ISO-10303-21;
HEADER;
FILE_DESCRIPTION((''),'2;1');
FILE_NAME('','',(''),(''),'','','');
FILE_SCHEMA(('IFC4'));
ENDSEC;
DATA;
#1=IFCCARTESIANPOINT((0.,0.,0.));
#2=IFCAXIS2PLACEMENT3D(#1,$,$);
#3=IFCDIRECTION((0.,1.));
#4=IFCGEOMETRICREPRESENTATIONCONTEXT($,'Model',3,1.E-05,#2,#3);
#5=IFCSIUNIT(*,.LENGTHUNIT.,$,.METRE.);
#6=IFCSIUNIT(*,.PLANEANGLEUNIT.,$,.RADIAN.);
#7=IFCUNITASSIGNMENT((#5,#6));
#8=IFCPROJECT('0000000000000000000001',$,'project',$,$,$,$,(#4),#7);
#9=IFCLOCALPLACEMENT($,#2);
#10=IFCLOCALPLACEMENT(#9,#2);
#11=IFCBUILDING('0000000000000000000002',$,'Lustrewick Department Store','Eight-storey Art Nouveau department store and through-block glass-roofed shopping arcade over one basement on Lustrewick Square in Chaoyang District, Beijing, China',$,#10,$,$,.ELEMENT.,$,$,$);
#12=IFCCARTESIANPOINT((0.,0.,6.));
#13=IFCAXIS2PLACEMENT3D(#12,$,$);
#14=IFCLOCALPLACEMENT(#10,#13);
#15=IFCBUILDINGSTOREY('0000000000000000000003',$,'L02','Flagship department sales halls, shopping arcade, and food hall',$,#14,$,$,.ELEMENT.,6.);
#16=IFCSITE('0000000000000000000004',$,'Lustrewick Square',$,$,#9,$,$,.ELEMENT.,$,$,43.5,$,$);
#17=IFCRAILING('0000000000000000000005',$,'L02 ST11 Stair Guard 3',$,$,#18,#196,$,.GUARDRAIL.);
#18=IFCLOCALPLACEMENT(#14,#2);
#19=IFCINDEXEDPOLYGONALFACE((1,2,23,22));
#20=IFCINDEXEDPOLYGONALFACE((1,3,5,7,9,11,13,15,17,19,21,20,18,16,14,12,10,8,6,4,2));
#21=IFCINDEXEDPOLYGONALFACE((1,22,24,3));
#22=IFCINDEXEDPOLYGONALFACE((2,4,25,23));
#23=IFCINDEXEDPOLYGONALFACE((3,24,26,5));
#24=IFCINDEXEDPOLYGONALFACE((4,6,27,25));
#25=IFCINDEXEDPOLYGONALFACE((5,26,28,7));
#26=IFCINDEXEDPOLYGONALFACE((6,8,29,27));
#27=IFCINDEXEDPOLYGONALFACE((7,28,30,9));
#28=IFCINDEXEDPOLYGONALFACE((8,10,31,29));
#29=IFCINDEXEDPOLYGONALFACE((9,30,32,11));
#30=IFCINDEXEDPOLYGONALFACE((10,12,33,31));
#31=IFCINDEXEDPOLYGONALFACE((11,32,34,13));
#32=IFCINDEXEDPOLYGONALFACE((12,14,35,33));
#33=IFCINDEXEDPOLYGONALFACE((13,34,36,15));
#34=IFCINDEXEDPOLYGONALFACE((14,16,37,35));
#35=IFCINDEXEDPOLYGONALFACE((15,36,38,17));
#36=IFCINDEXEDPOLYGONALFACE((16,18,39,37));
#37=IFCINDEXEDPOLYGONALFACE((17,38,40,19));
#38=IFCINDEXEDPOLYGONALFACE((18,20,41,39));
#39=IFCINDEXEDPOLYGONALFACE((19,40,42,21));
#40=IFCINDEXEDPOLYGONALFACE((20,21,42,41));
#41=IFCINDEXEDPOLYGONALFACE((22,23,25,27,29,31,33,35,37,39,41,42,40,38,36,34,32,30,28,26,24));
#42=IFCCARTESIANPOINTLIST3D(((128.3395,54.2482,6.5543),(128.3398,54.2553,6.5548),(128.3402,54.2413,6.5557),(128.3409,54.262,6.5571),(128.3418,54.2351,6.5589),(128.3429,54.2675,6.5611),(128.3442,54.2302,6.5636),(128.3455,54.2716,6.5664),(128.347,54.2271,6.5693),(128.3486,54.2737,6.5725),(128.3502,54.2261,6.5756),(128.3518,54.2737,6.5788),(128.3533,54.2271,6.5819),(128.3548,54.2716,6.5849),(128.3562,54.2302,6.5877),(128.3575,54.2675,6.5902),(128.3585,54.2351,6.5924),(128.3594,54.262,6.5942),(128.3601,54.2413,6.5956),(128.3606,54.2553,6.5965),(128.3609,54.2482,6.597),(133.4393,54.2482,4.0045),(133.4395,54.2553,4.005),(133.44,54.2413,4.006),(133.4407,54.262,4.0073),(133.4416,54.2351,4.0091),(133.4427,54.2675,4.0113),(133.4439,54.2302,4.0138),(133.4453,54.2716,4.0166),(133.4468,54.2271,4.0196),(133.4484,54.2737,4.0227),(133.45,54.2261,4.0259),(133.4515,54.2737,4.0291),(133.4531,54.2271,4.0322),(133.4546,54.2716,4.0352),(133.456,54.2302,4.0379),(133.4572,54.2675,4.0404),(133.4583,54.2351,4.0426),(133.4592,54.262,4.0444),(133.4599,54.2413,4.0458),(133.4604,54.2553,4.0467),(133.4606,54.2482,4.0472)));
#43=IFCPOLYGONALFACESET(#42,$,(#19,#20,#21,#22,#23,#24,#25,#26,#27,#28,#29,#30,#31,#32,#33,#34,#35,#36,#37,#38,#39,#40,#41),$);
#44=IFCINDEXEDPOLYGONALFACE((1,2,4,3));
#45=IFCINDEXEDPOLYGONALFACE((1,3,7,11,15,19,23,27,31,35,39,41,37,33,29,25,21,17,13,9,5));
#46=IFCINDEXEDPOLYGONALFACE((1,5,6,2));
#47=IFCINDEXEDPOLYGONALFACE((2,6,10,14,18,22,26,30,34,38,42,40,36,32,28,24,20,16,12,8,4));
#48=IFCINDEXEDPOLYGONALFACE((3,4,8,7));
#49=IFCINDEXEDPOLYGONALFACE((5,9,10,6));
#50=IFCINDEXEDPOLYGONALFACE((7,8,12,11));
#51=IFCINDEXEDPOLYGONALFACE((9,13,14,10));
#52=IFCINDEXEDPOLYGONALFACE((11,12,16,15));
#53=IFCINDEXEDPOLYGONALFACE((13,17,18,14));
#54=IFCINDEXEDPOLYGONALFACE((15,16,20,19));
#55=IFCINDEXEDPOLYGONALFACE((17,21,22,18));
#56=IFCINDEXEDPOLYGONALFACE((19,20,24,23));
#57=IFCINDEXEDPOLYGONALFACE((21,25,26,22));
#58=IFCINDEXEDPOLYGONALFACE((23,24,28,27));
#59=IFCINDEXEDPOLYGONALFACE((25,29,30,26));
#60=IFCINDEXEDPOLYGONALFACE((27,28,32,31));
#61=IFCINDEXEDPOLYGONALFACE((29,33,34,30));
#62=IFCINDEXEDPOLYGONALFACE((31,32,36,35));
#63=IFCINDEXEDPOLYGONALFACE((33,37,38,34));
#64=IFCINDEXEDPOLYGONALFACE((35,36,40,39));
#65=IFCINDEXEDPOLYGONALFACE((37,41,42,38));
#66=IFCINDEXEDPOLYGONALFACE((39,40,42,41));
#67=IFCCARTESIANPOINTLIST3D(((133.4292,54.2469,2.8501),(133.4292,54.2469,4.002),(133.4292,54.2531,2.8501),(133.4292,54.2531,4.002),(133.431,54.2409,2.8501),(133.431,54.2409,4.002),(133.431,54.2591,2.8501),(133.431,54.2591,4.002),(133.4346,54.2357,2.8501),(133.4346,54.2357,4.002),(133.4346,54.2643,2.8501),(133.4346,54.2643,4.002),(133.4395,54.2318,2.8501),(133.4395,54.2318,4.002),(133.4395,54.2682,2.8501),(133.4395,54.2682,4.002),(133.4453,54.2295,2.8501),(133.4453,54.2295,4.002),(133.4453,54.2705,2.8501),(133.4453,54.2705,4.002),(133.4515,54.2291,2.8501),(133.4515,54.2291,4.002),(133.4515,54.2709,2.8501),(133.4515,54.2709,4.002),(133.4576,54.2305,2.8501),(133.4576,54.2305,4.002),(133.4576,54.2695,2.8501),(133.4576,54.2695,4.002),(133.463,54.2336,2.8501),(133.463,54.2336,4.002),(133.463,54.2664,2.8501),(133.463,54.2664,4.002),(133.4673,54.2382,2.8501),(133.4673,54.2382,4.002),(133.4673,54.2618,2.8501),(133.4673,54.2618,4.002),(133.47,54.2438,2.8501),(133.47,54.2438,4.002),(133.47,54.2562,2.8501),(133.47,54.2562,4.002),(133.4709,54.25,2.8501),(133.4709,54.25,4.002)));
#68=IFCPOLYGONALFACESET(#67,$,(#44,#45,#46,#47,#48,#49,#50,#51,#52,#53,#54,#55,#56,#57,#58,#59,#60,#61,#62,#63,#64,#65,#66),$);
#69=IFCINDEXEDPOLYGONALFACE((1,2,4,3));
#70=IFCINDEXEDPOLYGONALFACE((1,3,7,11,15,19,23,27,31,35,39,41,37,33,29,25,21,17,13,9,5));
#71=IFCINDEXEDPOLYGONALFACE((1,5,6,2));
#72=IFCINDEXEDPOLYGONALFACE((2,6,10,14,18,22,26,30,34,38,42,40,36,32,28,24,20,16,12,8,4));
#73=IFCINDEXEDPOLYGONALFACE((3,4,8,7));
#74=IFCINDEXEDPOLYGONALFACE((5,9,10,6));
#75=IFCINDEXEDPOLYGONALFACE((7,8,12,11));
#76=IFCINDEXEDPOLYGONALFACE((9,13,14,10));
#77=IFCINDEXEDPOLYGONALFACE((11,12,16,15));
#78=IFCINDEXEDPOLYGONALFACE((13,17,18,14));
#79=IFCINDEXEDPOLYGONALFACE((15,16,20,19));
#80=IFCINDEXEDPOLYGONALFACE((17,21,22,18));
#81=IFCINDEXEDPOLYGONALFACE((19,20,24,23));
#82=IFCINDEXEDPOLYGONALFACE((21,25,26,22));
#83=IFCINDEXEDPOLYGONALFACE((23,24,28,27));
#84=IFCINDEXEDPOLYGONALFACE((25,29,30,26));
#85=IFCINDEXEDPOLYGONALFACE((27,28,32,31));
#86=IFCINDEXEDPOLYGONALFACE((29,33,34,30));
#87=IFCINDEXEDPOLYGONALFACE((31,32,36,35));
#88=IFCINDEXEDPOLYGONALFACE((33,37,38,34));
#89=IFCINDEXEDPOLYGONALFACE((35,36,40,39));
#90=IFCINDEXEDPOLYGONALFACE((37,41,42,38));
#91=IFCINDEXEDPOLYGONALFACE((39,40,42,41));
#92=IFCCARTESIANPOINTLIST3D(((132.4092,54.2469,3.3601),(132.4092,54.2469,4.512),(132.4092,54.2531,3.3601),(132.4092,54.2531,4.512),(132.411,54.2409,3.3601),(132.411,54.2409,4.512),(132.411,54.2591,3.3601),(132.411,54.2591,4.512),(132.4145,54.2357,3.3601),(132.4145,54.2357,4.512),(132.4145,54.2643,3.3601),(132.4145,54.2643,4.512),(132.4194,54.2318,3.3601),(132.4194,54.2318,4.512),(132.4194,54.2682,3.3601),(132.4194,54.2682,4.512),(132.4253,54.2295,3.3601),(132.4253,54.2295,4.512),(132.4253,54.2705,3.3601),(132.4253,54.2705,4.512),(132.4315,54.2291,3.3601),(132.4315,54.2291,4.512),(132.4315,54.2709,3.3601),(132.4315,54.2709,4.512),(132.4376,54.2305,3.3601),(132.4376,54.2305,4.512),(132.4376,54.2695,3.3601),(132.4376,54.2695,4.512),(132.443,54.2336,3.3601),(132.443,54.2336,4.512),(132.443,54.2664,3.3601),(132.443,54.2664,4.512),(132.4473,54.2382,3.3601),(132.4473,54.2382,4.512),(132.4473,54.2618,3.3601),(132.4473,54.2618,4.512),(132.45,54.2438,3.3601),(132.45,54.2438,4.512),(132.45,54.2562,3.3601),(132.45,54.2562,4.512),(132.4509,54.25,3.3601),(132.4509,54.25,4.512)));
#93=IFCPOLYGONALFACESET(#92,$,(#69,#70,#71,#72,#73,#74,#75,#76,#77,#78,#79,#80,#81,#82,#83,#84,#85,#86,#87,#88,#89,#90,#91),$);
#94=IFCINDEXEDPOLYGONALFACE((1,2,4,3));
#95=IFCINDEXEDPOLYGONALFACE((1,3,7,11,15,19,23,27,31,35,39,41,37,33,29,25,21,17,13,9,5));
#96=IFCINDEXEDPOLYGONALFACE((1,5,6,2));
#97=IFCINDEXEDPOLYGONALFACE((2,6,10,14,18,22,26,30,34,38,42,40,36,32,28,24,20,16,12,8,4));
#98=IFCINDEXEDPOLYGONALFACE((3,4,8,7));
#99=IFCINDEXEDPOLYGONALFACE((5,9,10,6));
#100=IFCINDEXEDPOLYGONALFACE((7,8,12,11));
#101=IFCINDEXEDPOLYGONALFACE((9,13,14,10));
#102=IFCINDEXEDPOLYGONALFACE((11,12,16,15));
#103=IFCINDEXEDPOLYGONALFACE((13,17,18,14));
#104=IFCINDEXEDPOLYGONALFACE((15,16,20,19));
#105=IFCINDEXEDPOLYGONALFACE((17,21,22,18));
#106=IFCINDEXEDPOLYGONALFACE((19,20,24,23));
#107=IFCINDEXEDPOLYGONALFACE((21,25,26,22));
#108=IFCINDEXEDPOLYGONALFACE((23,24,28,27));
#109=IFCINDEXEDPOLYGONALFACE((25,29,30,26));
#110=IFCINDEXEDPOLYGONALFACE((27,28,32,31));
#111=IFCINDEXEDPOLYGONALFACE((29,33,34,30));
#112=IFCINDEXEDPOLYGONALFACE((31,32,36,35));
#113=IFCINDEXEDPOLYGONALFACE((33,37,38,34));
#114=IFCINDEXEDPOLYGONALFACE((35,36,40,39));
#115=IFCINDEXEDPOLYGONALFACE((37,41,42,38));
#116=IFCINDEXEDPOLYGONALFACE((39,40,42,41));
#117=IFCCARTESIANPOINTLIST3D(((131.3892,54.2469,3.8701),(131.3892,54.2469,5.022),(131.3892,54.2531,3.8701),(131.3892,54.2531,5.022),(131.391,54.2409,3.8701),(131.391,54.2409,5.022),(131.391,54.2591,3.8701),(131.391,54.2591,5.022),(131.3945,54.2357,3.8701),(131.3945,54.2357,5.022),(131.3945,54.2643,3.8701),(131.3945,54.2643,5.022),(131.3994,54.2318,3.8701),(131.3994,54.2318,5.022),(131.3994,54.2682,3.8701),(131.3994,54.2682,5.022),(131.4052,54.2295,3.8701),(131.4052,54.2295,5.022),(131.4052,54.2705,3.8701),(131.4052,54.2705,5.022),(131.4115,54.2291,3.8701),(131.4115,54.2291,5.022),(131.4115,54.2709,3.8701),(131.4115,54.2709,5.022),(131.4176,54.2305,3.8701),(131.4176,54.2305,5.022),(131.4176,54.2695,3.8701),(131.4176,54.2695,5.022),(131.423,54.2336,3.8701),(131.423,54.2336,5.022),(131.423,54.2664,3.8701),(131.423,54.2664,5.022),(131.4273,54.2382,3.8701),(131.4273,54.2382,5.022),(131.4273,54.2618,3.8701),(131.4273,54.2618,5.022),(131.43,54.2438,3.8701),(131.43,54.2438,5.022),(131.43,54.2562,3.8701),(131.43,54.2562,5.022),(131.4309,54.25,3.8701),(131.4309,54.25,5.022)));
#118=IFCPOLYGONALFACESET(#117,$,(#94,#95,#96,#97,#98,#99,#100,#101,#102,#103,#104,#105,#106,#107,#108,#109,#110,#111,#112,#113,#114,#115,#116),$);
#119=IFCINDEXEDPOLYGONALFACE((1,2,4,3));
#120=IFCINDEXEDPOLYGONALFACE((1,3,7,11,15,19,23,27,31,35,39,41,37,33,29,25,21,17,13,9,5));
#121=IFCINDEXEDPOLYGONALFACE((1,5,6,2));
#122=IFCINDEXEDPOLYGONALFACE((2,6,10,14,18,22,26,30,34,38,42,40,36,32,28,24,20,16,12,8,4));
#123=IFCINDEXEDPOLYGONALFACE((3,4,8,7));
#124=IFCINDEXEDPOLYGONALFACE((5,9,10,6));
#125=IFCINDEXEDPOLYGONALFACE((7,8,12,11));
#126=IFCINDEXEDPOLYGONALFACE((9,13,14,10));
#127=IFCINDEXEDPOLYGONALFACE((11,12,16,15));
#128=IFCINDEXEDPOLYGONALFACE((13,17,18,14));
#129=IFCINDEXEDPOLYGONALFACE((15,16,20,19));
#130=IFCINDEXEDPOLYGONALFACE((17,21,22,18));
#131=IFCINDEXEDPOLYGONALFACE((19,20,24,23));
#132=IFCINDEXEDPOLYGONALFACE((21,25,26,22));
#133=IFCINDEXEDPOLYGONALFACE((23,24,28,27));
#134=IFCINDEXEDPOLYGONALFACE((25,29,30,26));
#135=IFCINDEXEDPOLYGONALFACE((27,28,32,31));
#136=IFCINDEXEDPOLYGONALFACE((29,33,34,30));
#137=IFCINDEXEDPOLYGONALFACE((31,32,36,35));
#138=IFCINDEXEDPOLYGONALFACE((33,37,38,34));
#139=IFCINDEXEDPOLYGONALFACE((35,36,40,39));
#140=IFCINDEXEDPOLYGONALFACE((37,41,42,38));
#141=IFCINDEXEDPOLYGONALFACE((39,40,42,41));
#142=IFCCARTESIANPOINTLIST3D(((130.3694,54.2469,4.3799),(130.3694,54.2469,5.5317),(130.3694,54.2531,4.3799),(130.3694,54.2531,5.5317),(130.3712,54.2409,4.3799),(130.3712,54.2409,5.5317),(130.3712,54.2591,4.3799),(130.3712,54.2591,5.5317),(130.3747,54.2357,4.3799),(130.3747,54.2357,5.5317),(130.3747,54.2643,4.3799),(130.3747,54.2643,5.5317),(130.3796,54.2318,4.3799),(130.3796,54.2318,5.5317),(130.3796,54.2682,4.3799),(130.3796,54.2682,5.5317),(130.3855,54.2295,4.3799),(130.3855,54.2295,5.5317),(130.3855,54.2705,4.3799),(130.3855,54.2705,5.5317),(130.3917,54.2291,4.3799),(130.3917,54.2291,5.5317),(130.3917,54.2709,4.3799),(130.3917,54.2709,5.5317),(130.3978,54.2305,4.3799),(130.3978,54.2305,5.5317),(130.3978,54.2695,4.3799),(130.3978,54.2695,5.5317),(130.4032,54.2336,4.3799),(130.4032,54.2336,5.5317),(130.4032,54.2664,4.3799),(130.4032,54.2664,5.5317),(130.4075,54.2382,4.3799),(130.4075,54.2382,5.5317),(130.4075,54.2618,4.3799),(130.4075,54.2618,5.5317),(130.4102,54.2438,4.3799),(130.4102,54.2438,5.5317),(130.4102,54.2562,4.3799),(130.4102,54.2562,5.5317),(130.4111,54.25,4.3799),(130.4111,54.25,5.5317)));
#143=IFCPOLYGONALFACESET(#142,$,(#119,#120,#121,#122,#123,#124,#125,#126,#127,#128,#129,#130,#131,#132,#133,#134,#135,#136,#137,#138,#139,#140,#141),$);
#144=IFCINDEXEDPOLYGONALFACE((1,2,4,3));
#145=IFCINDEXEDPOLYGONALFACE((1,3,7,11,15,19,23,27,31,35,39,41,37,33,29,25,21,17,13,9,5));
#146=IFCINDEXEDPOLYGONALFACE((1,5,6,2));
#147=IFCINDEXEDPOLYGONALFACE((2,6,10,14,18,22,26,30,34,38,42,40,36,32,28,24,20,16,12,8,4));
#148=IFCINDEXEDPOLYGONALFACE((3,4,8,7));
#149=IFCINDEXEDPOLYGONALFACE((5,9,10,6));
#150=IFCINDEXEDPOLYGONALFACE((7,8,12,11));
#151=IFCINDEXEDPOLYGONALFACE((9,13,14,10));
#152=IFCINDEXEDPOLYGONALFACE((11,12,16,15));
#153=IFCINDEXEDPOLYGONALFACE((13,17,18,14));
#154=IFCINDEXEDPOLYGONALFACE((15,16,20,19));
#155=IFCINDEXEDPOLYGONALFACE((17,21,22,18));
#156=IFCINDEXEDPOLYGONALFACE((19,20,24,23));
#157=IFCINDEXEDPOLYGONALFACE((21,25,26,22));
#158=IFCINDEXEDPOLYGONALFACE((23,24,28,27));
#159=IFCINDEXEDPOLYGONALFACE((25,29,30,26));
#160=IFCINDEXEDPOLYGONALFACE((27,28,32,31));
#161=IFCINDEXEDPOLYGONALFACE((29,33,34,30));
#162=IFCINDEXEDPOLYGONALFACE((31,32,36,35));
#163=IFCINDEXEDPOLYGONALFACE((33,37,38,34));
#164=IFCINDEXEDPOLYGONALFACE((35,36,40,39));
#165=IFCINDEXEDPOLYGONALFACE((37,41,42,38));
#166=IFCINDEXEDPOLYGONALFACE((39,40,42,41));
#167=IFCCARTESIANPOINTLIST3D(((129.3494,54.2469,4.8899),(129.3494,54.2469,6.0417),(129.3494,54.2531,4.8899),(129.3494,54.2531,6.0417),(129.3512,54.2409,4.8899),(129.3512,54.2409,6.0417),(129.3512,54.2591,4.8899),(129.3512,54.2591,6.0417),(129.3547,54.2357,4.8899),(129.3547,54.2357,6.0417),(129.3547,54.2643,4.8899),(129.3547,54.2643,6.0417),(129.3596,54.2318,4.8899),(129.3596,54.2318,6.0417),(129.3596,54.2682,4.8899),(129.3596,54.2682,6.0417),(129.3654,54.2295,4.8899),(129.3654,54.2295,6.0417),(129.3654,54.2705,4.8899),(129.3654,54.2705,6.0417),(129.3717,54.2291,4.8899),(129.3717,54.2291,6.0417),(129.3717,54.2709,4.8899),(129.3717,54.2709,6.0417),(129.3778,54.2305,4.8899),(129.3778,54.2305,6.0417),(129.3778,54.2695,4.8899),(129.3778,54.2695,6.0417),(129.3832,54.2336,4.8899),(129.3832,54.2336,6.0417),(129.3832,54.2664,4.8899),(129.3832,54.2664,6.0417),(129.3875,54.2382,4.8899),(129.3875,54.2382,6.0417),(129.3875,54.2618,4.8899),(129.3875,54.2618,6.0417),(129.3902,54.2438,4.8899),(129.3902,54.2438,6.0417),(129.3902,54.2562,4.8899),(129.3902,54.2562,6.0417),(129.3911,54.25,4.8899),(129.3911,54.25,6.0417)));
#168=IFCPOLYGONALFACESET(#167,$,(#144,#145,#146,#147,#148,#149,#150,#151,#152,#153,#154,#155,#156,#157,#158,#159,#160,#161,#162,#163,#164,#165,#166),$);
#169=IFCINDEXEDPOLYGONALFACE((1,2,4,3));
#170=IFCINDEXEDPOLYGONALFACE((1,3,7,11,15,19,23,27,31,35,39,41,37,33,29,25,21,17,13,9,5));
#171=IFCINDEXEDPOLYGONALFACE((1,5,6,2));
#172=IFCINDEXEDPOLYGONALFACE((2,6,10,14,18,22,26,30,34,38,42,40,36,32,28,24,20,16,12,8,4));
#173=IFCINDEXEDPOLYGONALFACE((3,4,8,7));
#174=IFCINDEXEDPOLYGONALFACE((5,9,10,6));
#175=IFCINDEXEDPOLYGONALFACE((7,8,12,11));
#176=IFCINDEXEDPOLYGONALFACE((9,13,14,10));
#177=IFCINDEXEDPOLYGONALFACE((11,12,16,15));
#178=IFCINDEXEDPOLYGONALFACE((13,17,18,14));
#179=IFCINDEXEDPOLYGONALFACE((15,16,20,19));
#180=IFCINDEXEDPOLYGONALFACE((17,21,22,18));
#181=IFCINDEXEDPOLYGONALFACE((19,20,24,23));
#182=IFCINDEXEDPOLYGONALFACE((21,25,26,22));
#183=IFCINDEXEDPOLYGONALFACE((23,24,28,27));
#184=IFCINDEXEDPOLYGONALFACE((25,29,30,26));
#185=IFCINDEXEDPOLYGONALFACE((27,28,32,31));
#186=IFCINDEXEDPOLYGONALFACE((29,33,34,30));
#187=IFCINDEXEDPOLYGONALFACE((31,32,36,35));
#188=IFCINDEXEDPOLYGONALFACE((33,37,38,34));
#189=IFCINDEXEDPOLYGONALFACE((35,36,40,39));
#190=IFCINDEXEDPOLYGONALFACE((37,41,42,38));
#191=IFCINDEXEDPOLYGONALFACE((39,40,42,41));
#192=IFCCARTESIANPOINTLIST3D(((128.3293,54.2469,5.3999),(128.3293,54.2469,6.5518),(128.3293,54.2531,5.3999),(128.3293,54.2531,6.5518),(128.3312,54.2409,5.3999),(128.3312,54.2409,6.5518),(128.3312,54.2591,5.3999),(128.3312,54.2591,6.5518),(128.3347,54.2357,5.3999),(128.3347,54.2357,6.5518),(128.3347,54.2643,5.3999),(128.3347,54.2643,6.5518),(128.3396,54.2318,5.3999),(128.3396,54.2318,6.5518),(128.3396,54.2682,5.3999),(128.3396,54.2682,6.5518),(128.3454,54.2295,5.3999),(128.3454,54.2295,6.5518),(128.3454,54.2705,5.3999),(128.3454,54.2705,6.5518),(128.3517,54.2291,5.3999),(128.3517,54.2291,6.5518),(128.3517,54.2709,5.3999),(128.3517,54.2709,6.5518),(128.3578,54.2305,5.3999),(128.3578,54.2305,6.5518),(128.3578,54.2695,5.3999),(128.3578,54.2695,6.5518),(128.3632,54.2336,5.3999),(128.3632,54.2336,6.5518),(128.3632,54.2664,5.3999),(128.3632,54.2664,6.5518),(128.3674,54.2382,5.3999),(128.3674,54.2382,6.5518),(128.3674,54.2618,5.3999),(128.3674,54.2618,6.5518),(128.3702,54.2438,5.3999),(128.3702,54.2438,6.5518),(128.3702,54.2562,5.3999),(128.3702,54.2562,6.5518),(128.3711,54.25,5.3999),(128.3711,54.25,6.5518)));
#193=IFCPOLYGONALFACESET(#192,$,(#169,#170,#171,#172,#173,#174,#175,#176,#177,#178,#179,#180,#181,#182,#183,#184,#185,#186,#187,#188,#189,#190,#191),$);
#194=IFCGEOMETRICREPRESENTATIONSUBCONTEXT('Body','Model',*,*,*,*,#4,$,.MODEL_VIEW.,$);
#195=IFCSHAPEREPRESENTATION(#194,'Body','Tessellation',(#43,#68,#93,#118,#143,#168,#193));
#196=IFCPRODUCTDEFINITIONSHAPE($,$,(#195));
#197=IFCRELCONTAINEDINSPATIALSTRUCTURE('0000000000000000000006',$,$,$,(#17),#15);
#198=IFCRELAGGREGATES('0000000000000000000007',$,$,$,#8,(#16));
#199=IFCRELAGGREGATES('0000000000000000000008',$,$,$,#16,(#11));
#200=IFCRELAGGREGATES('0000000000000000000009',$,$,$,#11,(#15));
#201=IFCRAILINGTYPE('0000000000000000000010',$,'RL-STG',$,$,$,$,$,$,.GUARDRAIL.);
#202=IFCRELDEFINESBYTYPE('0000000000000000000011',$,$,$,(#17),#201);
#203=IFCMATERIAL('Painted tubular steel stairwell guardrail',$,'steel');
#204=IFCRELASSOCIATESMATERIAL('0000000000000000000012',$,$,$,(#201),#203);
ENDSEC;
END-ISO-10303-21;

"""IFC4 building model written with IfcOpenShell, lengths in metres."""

from ifc_helpers import new_model, si_unit, direction, frame, origin, origin_2d, place, context, subcontext, project, spatial, circle, extrude, material, type_object, element, save


model = new_model("IFC4")

# Units and contexts
model_context = context("Model", 3, precision=1e-05, world=origin(), true_north=direction((0.0, 1.0)))
body_context = subcontext(model_context, "Body", "Model", "MODEL_VIEW")
ifc_project = project(units=[si_unit("LENGTHUNIT", "METRE"), si_unit("PLANEANGLEUNIT", "RADIAN")], contexts=[model_context])

# Site, building, storey
site_placement = place(None, origin())
site = spatial("IfcSite", under=ifc_project, at=site_placement, Name="Lustrewick Square", CompositionType="ELEMENT", RefElevation=43.5)
building_placement = place(site_placement, origin())
building = spatial("IfcBuilding", under=site, at=building_placement, Name="Lustrewick Department Store", Description="Eight-storey Art Nouveau department store and through-block glass-roofed shopping arcade over one basement on Lustrewick Square in Chaoyang District, Beijing, China", CompositionType="ELEMENT")
storey_placement = place(building_placement, frame((0.0, 0.0, 6.0)))
storey = spatial("IfcBuildingStorey", under=building, at=storey_placement, Name="L02", Description="Flagship department sales halls, shopping arcade, and food hall", CompositionType="ELEMENT", Elevation=6.0)

# Railing
ifc_material_1 = material(Name="Painted tubular steel stairwell guardrail", Category="steel")
railing_type_1 = type_object("IfcRailingType", Name="RL-STG", PredefinedType="GUARDRAIL", material=ifc_material_1)
railing_1_placement = place(storey_placement, frame((133.45, 54.25, 2.8501)))
element("IfcRailing", 1, at=railing_1_placement, inside=storey, type_object=railing_type_1, Name="L02 ST11 Stair Guard 3", PredefinedType="GUARDRAIL", context=body_context, shape_type="SweptSolid", body=[
    extrude(circle(Radius=0.0239, at=origin_2d()), frame((0.0, 0.0, 1.1758), z_axis=(-0.894436, 0.0, 0.447196), x_axis=(0.0, -1.0, 0.0)), (0.0, 0.0, 1.0), 5.7017),
    extrude(circle(Radius=0.021, at=origin_2d()), origin(), (0.0, 0.0, 1.0), 1.1519),
    extrude(circle(Radius=0.021, at=origin_2d()), frame((-1.02, 0.0, 0.51)), (0.0, 0.0, 1.0), 1.1519),
    extrude(circle(Radius=0.021, at=origin_2d()), frame((-2.04, 0.0, 1.02)), (0.0, 0.0, 1.0), 1.1519),
    extrude(circle(Radius=0.021, at=origin_2d()), frame((-3.0598, 0.0, 1.5298)), (0.0, 0.0, 1.0), 1.1519),
    extrude(circle(Radius=0.021, at=origin_2d()), frame((-4.0798, 0.0, 2.0398)), (0.0, 0.0, 1.0), 1.1519),
    extrude(circle(Radius=0.021, at=origin_2d()), frame((-5.0999, 0.0, 2.5498)), (0.0, 0.0, 1.0), 1.1519),
])

save(model, "model.ifc")
